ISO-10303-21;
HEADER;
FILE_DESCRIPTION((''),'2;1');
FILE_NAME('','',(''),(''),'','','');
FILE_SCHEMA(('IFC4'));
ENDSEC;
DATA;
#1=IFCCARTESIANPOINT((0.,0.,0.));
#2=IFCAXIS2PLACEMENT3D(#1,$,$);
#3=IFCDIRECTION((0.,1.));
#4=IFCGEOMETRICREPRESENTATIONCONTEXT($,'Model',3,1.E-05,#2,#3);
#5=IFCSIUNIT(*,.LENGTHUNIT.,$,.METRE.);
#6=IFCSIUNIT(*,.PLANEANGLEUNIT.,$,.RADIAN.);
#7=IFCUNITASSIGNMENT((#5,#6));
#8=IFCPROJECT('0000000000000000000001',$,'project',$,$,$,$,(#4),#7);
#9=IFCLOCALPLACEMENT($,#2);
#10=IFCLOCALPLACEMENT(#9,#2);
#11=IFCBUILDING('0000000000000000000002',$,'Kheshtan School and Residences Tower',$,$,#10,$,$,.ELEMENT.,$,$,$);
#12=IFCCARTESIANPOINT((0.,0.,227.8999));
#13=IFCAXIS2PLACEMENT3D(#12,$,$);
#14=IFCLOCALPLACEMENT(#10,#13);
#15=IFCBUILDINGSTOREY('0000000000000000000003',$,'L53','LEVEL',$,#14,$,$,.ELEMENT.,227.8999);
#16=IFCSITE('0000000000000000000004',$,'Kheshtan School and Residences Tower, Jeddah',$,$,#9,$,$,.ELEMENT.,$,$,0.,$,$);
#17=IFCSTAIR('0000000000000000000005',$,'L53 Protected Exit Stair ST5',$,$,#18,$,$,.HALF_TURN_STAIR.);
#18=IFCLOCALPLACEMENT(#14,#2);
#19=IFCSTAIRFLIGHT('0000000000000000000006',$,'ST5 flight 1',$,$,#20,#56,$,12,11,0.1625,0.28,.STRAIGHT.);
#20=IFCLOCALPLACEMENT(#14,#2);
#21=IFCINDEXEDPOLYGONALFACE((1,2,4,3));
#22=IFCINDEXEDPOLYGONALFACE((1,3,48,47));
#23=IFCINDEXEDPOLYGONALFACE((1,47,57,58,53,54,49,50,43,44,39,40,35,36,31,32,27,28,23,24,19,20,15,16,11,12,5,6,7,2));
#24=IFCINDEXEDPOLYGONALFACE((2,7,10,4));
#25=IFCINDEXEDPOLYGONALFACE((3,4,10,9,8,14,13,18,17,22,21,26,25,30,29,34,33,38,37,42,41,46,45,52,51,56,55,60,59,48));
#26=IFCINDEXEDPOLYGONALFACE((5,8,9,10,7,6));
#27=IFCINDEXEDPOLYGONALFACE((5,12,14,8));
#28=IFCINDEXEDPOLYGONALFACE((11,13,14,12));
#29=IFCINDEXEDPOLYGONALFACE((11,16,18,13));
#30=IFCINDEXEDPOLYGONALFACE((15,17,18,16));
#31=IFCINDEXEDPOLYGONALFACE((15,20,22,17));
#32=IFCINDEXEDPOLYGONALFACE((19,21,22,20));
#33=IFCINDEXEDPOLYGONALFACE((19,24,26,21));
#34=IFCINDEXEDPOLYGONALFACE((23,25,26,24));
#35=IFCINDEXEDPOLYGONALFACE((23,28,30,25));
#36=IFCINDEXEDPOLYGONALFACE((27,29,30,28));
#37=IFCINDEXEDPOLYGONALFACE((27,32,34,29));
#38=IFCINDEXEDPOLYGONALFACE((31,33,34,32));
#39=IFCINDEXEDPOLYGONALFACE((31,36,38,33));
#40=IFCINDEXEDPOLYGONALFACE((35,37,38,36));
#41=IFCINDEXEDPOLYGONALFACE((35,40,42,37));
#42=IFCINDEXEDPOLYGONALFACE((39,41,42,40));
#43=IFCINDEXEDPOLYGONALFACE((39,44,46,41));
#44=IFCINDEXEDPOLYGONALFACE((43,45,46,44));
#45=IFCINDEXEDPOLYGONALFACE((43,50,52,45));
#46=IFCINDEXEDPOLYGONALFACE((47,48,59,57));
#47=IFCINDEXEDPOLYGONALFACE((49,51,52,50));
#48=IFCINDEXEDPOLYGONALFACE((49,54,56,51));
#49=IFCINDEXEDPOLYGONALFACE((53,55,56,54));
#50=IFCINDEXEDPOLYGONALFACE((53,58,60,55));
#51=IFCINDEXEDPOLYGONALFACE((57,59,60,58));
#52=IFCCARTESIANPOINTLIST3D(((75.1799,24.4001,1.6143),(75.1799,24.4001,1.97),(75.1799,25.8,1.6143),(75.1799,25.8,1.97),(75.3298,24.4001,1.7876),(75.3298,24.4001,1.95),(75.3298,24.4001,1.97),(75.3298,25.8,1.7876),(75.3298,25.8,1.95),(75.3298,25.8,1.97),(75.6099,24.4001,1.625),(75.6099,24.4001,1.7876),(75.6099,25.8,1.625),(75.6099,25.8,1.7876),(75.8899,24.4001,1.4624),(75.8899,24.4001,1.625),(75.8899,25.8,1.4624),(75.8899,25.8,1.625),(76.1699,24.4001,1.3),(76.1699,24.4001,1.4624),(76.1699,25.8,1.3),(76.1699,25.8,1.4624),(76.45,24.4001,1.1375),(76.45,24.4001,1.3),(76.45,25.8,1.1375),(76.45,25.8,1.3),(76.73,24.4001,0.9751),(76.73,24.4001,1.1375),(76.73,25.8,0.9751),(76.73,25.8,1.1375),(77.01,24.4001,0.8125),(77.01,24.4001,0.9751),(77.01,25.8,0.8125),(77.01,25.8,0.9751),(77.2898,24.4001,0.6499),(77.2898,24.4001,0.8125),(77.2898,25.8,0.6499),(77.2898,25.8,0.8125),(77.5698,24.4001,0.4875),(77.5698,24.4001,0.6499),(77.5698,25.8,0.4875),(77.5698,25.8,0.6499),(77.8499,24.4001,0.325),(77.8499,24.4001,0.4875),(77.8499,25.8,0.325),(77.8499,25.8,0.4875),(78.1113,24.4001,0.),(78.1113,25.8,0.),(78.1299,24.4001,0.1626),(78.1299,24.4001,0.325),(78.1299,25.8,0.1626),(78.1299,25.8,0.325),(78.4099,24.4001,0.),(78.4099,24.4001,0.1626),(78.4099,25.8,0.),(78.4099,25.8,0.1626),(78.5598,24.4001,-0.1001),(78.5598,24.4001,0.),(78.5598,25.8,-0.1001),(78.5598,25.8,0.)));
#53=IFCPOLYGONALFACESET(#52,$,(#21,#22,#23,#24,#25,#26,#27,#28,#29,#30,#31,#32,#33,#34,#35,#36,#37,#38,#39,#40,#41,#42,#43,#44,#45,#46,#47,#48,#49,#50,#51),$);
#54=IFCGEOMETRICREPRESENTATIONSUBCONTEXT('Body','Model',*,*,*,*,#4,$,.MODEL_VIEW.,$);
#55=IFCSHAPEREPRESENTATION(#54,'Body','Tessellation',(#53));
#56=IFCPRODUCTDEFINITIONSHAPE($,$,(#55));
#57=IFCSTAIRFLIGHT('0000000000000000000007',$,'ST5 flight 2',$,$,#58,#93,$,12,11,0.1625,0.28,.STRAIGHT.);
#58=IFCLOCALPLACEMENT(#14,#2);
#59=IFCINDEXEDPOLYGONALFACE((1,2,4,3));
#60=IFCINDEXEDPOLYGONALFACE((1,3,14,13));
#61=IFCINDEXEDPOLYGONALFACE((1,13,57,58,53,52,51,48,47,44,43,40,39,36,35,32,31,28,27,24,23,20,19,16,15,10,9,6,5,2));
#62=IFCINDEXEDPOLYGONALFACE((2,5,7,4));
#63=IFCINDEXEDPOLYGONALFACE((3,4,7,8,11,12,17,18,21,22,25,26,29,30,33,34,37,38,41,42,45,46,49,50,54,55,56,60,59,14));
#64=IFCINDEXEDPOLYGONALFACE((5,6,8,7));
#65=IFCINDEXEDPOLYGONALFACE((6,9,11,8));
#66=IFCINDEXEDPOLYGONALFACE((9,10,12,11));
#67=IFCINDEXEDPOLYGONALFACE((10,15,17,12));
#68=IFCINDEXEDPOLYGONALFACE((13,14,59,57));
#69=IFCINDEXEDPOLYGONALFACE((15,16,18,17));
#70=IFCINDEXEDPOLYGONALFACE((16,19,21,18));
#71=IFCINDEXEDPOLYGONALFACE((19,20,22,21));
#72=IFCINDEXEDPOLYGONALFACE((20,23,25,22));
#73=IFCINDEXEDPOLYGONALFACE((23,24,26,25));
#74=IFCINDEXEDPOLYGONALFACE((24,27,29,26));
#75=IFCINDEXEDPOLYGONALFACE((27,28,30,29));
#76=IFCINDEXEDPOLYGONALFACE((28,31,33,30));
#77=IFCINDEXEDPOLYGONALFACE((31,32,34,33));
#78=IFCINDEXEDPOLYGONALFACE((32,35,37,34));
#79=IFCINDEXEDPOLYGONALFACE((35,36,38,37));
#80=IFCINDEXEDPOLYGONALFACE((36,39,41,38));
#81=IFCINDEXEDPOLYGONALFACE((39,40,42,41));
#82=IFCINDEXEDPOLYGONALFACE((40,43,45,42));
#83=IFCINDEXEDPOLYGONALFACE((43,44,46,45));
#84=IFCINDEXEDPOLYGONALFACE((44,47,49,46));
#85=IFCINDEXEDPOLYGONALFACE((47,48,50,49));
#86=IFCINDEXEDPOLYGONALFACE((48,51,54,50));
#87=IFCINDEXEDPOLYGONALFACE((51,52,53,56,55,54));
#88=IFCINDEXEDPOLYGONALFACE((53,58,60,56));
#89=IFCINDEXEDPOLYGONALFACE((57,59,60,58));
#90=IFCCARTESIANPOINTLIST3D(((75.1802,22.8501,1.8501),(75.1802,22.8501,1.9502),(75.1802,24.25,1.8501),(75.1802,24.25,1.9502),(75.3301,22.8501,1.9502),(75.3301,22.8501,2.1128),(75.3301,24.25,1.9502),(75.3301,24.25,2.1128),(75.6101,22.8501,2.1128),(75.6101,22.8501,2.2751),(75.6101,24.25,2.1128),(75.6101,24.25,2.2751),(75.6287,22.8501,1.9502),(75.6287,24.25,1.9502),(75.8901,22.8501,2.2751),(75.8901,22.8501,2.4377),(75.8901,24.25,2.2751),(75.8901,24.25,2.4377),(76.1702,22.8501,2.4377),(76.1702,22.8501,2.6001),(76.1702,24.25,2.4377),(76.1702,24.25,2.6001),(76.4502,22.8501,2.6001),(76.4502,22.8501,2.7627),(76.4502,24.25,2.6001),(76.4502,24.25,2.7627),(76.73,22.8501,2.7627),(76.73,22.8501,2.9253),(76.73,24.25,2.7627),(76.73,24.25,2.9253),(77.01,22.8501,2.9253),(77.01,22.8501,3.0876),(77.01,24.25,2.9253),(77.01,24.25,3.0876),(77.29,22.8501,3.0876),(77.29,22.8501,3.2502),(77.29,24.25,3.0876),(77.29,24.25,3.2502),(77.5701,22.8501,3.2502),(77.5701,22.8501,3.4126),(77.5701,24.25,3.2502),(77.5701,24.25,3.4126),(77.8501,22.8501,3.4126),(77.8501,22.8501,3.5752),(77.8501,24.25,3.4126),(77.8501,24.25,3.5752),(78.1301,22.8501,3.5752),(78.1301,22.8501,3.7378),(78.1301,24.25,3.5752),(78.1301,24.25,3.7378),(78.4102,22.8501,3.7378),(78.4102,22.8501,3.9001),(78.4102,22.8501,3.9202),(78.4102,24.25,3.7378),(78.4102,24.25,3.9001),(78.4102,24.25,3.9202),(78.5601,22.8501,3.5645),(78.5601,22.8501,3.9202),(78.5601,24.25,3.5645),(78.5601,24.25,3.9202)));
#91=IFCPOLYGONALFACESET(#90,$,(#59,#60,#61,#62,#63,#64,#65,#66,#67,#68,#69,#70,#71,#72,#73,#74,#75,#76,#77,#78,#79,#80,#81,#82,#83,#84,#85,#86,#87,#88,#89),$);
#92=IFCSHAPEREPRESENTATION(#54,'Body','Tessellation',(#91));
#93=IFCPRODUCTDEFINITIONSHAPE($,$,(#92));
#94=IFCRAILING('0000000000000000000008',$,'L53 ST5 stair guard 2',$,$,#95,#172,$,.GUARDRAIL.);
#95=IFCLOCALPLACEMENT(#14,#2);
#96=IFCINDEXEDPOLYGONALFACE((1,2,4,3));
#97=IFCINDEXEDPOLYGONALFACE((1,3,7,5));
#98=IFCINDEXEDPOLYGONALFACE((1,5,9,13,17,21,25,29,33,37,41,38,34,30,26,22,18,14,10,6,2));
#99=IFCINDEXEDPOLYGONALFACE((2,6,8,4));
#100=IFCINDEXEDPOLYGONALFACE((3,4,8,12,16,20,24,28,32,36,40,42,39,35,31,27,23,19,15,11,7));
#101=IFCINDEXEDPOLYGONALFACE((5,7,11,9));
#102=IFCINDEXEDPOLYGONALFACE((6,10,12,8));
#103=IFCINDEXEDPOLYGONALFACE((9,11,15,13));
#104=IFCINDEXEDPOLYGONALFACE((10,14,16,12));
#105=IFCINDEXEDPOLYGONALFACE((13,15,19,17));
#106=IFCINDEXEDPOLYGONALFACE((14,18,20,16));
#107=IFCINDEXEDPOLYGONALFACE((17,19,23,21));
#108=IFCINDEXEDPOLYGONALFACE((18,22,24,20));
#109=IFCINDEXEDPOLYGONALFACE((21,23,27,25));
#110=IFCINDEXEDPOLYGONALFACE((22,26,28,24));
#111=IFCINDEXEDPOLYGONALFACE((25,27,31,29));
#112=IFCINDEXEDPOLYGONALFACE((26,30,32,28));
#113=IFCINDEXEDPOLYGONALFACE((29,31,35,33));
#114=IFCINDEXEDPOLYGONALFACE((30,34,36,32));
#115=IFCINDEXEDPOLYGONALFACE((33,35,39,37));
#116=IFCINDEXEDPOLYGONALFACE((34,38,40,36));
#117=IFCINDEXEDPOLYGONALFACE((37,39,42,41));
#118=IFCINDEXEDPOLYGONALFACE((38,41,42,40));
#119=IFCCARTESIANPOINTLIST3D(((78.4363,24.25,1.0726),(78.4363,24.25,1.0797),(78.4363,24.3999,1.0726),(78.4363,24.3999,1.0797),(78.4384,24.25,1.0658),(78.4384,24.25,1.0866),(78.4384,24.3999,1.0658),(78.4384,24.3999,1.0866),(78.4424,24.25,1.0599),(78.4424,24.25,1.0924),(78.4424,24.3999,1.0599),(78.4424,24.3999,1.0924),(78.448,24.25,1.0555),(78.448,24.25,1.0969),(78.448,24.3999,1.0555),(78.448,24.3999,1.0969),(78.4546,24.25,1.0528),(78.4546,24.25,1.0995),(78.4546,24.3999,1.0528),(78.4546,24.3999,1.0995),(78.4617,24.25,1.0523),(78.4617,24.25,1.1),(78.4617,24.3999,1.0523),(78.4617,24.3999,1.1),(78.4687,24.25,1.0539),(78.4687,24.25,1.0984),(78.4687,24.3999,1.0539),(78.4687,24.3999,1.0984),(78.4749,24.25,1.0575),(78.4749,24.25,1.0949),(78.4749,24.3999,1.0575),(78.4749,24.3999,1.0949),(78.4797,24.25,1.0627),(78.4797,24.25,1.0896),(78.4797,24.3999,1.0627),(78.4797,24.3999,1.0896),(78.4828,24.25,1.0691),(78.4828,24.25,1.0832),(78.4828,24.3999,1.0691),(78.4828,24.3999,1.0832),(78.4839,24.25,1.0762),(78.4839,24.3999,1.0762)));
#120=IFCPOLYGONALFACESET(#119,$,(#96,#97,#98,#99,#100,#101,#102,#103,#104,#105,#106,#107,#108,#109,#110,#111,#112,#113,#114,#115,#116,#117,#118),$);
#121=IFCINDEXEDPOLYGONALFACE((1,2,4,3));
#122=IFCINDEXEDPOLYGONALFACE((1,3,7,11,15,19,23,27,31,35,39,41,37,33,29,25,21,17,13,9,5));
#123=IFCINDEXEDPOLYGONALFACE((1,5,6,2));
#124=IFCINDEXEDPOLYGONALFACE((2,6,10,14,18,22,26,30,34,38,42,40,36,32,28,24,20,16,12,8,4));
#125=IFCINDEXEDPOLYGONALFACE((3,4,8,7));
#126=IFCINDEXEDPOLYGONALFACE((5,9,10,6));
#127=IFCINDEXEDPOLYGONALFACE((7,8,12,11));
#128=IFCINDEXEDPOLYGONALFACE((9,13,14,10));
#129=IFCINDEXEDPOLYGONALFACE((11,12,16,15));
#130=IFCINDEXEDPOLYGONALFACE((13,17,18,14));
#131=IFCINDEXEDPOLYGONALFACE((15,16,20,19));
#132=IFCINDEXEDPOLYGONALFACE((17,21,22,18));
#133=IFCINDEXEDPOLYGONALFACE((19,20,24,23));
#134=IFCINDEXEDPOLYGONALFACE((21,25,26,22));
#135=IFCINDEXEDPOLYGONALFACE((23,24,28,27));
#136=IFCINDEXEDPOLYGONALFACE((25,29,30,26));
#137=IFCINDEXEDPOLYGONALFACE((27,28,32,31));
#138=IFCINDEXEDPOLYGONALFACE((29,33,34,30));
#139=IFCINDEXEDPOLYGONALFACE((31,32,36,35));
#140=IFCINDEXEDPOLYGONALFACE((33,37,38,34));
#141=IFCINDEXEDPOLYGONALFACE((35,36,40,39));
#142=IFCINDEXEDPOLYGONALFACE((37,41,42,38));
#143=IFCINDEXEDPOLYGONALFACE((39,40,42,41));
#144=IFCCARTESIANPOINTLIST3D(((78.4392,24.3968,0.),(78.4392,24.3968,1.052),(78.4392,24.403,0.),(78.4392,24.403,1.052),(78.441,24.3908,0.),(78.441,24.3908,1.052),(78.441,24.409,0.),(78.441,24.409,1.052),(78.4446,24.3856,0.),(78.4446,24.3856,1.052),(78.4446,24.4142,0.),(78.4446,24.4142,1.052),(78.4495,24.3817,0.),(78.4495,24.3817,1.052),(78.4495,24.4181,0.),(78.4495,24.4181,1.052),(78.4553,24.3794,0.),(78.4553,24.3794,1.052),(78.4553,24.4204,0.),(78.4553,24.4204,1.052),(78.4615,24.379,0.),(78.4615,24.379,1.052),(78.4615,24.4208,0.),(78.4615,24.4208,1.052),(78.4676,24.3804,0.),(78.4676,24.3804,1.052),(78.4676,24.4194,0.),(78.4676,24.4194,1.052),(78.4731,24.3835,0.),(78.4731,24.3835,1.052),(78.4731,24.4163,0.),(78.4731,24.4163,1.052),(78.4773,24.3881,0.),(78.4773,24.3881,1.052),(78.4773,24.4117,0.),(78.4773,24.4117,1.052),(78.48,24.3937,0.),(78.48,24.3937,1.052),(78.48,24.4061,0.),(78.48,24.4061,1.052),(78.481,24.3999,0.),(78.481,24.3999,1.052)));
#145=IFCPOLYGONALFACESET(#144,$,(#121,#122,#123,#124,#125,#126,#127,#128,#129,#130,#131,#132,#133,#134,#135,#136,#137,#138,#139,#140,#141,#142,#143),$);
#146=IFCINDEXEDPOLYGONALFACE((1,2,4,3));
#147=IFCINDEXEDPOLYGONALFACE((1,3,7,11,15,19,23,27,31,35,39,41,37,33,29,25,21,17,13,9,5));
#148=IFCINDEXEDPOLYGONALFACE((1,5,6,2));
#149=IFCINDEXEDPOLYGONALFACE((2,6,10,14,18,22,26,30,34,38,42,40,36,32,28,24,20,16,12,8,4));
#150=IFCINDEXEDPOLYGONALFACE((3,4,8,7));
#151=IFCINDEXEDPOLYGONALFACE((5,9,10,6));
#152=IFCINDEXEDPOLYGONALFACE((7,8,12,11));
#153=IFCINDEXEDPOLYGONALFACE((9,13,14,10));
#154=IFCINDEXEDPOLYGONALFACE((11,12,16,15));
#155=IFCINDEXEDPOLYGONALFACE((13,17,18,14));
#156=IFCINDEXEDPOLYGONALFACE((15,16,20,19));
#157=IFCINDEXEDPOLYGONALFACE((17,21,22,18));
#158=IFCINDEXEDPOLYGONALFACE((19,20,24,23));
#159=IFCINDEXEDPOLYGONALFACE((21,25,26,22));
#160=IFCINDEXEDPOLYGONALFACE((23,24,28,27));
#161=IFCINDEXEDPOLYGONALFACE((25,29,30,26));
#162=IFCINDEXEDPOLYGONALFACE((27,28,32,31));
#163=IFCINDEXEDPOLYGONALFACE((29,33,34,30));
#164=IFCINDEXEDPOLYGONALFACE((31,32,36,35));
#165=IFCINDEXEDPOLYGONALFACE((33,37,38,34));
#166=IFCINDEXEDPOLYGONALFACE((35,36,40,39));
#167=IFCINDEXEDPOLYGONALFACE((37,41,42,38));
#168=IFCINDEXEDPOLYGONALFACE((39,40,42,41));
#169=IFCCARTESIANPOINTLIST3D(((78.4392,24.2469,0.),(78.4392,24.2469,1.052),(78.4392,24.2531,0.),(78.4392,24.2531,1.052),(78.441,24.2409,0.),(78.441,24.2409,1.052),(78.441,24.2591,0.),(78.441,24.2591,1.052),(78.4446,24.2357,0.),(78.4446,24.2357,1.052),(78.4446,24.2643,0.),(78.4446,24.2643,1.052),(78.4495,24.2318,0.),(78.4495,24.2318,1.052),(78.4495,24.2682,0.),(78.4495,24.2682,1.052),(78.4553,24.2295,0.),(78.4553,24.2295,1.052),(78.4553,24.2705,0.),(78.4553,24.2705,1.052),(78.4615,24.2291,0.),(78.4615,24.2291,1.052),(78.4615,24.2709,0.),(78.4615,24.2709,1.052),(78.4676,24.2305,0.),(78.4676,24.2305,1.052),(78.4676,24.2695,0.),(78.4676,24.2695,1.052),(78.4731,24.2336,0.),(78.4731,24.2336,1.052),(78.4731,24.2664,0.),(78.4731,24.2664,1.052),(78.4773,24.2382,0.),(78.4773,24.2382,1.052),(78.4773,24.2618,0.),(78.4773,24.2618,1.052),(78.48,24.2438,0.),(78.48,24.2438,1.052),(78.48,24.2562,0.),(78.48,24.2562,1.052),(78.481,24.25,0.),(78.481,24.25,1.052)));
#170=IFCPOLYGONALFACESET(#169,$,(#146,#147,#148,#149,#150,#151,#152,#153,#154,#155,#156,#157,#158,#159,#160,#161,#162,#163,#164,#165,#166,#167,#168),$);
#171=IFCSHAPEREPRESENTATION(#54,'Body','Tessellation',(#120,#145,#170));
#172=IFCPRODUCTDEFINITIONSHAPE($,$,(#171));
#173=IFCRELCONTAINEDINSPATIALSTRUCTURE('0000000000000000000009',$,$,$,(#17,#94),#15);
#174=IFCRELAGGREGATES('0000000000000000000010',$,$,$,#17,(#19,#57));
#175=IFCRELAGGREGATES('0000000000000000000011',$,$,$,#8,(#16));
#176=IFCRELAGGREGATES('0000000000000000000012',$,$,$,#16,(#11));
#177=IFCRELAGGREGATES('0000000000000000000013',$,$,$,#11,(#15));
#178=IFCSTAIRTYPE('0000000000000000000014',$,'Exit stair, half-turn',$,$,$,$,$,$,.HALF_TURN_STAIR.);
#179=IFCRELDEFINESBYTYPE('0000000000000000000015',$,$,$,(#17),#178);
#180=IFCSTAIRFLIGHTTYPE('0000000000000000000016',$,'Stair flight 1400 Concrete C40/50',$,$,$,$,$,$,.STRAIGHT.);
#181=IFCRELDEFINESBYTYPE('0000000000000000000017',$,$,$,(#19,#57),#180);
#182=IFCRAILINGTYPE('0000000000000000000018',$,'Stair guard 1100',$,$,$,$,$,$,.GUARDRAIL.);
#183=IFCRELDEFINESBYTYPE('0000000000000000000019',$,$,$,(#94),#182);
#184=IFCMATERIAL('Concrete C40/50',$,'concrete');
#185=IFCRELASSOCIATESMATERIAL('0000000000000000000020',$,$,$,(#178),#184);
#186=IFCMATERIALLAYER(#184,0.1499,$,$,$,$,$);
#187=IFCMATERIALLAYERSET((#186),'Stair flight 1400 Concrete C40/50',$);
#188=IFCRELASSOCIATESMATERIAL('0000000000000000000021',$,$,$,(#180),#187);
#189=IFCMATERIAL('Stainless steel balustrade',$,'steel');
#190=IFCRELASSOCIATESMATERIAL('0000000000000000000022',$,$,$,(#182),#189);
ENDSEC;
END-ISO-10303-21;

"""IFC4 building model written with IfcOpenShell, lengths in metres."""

from ifc_helpers import new_model, si_unit, direction, frame, origin, origin_2d, place, context, subcontext, project, spatial, polyline, circle, outline, extrude, material, layer, layer_set, type_object, element, aggregate, save


model = new_model("IFC4")

# Units and contexts
model_context = context("Model", 3, precision=1e-05, world=origin(), true_north=direction((0.0, 1.0)))
body_context = subcontext(model_context, "Body", "Model", "MODEL_VIEW")
ifc_project = project(units=[si_unit("LENGTHUNIT", "METRE"), si_unit("PLANEANGLEUNIT", "RADIAN")], contexts=[model_context])

# Site, building, storey
site_placement = place(None, origin())
site = spatial("IfcSite", under=ifc_project, at=site_placement, Name="Kheshtan School and Residences Tower, Jeddah", CompositionType="ELEMENT", RefElevation=0.0)
building_placement = place(site_placement, origin())
building = spatial("IfcBuilding", under=site, at=building_placement, Name="Kheshtan School and Residences Tower", CompositionType="ELEMENT")
storey_placement = place(building_placement, frame((0.0, 0.0, 227.8999)))
storey = spatial("IfcBuildingStorey", under=building, at=storey_placement, Name="L53", Description="LEVEL", CompositionType="ELEMENT", Elevation=227.8999)

# Shared definitions
ifc_material_1 = material(Name="Concrete C40/50", Category="concrete")

# Stair, stair flights
stair_type = type_object("IfcStairType", Name="Exit stair, half-turn", PredefinedType="HALF_TURN_STAIR", material=ifc_material_1)
stair_placement = place(storey_placement, origin())
stair = element("IfcStair", 1, at=stair_placement, inside=storey, type_object=stair_type, Name="L53 Protected Exit Stair ST5", PredefinedType="HALF_TURN_STAIR")
ifc_layer_1 = layer(ifc_material_1, 0.1499)
ifc_layer_set_1 = layer_set([ifc_layer_1], Name="Stair flight 1400 Concrete C40/50")
stair_flight_type = type_object("IfcStairFlightType", Name="Stair flight 1400 Concrete C40/50", PredefinedType="STRAIGHT", material=ifc_layer_set_1)
stair_flight_1_placement = place(storey_placement, frame((78.4099, 25.1001, 0.0), z_axis=(0.0, 0.0, 1.0), x_axis=(-1.0, 0.0, 0.0)))
stair_flight_1 = element("IfcStairFlight", 2, at=stair_flight_1_placement, type_object=stair_flight_type, Name="ST5 flight 1", NumberOfRisers=12, NumberOfTreads=11, PredefinedType="STRAIGHT", RiserHeight=0.1625, TreadLength=0.28, context=body_context, shape_type="SweptSolid", body=[
    extrude(outline(polyline([(-0.1499, -0.1001), (-0.1499, 0.0), (0.0, 0.0), (0.0, 0.1626), (0.28, 0.1626), (0.28, 0.325), (0.5601, 0.325), (0.5601, 0.4875), (0.8401, 0.4875), (0.8401, 0.6499), (1.1201, 0.6499), (1.1201, 0.8125), (1.3999, 0.8125), (1.3999, 0.9751), (1.6799, 0.9751), (1.6799, 1.1375), (1.96, 1.1375), (1.96, 1.3), (2.24, 1.3), (2.24, 1.4624), (2.52, 1.4624), (2.52, 1.625), (2.8, 1.625), (2.8, 1.7876), (3.0801, 1.7876), (3.0801, 1.95), (3.0801, 1.97), (3.23, 1.97), (3.23, 1.6143), (0.2986, 0.0), (-0.1499, -0.1001)])), frame((0.0, 0.7, 0.0), z_axis=(0.0, -1.0, 0.0), x_axis=(1.0, 0.0, 0.0)), (0.0, 0.0, 1.0), 1.3999),
])
stair_flight_2_placement = place(storey_placement, frame((75.3301, 23.55, 1.9502), z_axis=(0.0, 0.0, 1.0), x_axis=(1.0, 0.0, 0.0)))
stair_flight_2 = element("IfcStairFlight", 3, at=stair_flight_2_placement, type_object=stair_flight_type, Name="ST5 flight 2", NumberOfRisers=12, NumberOfTreads=11, PredefinedType="STRAIGHT", RiserHeight=0.1625, TreadLength=0.28, context=body_context, shape_type="SweptSolid", body=[
    extrude(outline(polyline([(-0.1499, -0.1001), (-0.1499, 0.0), (0.0, 0.0), (0.0, 0.1626), (0.28, 0.1626), (0.28, 0.325), (0.5601, 0.325), (0.5601, 0.4875), (0.8401, 0.4875), (0.8401, 0.6499), (1.1201, 0.6499), (1.1201, 0.8125), (1.3999, 0.8125), (1.3999, 0.9751), (1.6799, 0.9751), (1.6799, 1.1375), (1.96, 1.1375), (1.96, 1.3), (2.24, 1.3), (2.24, 1.4624), (2.52, 1.4624), (2.52, 1.625), (2.8, 1.625), (2.8, 1.7876), (3.0801, 1.7876), (3.0801, 1.95), (3.0801, 1.97), (3.23, 1.97), (3.23, 1.6143), (0.2986, 0.0), (-0.1499, -0.1001)])), frame((0.0, 0.7, 0.0), z_axis=(0.0, -1.0, 0.0), x_axis=(1.0, 0.0, 0.0)), (0.0, 0.0, 1.0), 1.3999),
])
aggregate(stair, [stair_flight_1, stair_flight_2])

# Railing
ifc_material_2 = material(Name="Stainless steel balustrade", Category="steel")
railing_type_1 = type_object("IfcRailingType", Name="Stair guard 1100", PredefinedType="GUARDRAIL", material=ifc_material_2)
railing_1_placement = place(storey_placement, frame((78.46, 24.3999, 0.0)))
element("IfcRailing", 4, at=railing_1_placement, inside=storey, type_object=railing_type_1, Name="L53 ST5 stair guard 2", PredefinedType="GUARDRAIL", context=body_context, shape_type="SweptSolid", body=[
    extrude(circle(Radius=0.0239, at=origin_2d()), frame((0.0, 0.0, 1.0762), z_axis=(0.0, -1.0, 0.0), x_axis=(1.0, 0.0, 0.0)), (0.0, 0.0, 1.0), 0.1499),
    extrude(circle(Radius=0.021, at=origin_2d()), origin(), (0.0, 0.0, 1.0), 1.052),
    extrude(circle(Radius=0.021, at=origin_2d()), frame((0.0, -0.1499, 0.0)), (0.0, 0.0, 1.0), 1.052),
])

save(model, "model.ifc")
